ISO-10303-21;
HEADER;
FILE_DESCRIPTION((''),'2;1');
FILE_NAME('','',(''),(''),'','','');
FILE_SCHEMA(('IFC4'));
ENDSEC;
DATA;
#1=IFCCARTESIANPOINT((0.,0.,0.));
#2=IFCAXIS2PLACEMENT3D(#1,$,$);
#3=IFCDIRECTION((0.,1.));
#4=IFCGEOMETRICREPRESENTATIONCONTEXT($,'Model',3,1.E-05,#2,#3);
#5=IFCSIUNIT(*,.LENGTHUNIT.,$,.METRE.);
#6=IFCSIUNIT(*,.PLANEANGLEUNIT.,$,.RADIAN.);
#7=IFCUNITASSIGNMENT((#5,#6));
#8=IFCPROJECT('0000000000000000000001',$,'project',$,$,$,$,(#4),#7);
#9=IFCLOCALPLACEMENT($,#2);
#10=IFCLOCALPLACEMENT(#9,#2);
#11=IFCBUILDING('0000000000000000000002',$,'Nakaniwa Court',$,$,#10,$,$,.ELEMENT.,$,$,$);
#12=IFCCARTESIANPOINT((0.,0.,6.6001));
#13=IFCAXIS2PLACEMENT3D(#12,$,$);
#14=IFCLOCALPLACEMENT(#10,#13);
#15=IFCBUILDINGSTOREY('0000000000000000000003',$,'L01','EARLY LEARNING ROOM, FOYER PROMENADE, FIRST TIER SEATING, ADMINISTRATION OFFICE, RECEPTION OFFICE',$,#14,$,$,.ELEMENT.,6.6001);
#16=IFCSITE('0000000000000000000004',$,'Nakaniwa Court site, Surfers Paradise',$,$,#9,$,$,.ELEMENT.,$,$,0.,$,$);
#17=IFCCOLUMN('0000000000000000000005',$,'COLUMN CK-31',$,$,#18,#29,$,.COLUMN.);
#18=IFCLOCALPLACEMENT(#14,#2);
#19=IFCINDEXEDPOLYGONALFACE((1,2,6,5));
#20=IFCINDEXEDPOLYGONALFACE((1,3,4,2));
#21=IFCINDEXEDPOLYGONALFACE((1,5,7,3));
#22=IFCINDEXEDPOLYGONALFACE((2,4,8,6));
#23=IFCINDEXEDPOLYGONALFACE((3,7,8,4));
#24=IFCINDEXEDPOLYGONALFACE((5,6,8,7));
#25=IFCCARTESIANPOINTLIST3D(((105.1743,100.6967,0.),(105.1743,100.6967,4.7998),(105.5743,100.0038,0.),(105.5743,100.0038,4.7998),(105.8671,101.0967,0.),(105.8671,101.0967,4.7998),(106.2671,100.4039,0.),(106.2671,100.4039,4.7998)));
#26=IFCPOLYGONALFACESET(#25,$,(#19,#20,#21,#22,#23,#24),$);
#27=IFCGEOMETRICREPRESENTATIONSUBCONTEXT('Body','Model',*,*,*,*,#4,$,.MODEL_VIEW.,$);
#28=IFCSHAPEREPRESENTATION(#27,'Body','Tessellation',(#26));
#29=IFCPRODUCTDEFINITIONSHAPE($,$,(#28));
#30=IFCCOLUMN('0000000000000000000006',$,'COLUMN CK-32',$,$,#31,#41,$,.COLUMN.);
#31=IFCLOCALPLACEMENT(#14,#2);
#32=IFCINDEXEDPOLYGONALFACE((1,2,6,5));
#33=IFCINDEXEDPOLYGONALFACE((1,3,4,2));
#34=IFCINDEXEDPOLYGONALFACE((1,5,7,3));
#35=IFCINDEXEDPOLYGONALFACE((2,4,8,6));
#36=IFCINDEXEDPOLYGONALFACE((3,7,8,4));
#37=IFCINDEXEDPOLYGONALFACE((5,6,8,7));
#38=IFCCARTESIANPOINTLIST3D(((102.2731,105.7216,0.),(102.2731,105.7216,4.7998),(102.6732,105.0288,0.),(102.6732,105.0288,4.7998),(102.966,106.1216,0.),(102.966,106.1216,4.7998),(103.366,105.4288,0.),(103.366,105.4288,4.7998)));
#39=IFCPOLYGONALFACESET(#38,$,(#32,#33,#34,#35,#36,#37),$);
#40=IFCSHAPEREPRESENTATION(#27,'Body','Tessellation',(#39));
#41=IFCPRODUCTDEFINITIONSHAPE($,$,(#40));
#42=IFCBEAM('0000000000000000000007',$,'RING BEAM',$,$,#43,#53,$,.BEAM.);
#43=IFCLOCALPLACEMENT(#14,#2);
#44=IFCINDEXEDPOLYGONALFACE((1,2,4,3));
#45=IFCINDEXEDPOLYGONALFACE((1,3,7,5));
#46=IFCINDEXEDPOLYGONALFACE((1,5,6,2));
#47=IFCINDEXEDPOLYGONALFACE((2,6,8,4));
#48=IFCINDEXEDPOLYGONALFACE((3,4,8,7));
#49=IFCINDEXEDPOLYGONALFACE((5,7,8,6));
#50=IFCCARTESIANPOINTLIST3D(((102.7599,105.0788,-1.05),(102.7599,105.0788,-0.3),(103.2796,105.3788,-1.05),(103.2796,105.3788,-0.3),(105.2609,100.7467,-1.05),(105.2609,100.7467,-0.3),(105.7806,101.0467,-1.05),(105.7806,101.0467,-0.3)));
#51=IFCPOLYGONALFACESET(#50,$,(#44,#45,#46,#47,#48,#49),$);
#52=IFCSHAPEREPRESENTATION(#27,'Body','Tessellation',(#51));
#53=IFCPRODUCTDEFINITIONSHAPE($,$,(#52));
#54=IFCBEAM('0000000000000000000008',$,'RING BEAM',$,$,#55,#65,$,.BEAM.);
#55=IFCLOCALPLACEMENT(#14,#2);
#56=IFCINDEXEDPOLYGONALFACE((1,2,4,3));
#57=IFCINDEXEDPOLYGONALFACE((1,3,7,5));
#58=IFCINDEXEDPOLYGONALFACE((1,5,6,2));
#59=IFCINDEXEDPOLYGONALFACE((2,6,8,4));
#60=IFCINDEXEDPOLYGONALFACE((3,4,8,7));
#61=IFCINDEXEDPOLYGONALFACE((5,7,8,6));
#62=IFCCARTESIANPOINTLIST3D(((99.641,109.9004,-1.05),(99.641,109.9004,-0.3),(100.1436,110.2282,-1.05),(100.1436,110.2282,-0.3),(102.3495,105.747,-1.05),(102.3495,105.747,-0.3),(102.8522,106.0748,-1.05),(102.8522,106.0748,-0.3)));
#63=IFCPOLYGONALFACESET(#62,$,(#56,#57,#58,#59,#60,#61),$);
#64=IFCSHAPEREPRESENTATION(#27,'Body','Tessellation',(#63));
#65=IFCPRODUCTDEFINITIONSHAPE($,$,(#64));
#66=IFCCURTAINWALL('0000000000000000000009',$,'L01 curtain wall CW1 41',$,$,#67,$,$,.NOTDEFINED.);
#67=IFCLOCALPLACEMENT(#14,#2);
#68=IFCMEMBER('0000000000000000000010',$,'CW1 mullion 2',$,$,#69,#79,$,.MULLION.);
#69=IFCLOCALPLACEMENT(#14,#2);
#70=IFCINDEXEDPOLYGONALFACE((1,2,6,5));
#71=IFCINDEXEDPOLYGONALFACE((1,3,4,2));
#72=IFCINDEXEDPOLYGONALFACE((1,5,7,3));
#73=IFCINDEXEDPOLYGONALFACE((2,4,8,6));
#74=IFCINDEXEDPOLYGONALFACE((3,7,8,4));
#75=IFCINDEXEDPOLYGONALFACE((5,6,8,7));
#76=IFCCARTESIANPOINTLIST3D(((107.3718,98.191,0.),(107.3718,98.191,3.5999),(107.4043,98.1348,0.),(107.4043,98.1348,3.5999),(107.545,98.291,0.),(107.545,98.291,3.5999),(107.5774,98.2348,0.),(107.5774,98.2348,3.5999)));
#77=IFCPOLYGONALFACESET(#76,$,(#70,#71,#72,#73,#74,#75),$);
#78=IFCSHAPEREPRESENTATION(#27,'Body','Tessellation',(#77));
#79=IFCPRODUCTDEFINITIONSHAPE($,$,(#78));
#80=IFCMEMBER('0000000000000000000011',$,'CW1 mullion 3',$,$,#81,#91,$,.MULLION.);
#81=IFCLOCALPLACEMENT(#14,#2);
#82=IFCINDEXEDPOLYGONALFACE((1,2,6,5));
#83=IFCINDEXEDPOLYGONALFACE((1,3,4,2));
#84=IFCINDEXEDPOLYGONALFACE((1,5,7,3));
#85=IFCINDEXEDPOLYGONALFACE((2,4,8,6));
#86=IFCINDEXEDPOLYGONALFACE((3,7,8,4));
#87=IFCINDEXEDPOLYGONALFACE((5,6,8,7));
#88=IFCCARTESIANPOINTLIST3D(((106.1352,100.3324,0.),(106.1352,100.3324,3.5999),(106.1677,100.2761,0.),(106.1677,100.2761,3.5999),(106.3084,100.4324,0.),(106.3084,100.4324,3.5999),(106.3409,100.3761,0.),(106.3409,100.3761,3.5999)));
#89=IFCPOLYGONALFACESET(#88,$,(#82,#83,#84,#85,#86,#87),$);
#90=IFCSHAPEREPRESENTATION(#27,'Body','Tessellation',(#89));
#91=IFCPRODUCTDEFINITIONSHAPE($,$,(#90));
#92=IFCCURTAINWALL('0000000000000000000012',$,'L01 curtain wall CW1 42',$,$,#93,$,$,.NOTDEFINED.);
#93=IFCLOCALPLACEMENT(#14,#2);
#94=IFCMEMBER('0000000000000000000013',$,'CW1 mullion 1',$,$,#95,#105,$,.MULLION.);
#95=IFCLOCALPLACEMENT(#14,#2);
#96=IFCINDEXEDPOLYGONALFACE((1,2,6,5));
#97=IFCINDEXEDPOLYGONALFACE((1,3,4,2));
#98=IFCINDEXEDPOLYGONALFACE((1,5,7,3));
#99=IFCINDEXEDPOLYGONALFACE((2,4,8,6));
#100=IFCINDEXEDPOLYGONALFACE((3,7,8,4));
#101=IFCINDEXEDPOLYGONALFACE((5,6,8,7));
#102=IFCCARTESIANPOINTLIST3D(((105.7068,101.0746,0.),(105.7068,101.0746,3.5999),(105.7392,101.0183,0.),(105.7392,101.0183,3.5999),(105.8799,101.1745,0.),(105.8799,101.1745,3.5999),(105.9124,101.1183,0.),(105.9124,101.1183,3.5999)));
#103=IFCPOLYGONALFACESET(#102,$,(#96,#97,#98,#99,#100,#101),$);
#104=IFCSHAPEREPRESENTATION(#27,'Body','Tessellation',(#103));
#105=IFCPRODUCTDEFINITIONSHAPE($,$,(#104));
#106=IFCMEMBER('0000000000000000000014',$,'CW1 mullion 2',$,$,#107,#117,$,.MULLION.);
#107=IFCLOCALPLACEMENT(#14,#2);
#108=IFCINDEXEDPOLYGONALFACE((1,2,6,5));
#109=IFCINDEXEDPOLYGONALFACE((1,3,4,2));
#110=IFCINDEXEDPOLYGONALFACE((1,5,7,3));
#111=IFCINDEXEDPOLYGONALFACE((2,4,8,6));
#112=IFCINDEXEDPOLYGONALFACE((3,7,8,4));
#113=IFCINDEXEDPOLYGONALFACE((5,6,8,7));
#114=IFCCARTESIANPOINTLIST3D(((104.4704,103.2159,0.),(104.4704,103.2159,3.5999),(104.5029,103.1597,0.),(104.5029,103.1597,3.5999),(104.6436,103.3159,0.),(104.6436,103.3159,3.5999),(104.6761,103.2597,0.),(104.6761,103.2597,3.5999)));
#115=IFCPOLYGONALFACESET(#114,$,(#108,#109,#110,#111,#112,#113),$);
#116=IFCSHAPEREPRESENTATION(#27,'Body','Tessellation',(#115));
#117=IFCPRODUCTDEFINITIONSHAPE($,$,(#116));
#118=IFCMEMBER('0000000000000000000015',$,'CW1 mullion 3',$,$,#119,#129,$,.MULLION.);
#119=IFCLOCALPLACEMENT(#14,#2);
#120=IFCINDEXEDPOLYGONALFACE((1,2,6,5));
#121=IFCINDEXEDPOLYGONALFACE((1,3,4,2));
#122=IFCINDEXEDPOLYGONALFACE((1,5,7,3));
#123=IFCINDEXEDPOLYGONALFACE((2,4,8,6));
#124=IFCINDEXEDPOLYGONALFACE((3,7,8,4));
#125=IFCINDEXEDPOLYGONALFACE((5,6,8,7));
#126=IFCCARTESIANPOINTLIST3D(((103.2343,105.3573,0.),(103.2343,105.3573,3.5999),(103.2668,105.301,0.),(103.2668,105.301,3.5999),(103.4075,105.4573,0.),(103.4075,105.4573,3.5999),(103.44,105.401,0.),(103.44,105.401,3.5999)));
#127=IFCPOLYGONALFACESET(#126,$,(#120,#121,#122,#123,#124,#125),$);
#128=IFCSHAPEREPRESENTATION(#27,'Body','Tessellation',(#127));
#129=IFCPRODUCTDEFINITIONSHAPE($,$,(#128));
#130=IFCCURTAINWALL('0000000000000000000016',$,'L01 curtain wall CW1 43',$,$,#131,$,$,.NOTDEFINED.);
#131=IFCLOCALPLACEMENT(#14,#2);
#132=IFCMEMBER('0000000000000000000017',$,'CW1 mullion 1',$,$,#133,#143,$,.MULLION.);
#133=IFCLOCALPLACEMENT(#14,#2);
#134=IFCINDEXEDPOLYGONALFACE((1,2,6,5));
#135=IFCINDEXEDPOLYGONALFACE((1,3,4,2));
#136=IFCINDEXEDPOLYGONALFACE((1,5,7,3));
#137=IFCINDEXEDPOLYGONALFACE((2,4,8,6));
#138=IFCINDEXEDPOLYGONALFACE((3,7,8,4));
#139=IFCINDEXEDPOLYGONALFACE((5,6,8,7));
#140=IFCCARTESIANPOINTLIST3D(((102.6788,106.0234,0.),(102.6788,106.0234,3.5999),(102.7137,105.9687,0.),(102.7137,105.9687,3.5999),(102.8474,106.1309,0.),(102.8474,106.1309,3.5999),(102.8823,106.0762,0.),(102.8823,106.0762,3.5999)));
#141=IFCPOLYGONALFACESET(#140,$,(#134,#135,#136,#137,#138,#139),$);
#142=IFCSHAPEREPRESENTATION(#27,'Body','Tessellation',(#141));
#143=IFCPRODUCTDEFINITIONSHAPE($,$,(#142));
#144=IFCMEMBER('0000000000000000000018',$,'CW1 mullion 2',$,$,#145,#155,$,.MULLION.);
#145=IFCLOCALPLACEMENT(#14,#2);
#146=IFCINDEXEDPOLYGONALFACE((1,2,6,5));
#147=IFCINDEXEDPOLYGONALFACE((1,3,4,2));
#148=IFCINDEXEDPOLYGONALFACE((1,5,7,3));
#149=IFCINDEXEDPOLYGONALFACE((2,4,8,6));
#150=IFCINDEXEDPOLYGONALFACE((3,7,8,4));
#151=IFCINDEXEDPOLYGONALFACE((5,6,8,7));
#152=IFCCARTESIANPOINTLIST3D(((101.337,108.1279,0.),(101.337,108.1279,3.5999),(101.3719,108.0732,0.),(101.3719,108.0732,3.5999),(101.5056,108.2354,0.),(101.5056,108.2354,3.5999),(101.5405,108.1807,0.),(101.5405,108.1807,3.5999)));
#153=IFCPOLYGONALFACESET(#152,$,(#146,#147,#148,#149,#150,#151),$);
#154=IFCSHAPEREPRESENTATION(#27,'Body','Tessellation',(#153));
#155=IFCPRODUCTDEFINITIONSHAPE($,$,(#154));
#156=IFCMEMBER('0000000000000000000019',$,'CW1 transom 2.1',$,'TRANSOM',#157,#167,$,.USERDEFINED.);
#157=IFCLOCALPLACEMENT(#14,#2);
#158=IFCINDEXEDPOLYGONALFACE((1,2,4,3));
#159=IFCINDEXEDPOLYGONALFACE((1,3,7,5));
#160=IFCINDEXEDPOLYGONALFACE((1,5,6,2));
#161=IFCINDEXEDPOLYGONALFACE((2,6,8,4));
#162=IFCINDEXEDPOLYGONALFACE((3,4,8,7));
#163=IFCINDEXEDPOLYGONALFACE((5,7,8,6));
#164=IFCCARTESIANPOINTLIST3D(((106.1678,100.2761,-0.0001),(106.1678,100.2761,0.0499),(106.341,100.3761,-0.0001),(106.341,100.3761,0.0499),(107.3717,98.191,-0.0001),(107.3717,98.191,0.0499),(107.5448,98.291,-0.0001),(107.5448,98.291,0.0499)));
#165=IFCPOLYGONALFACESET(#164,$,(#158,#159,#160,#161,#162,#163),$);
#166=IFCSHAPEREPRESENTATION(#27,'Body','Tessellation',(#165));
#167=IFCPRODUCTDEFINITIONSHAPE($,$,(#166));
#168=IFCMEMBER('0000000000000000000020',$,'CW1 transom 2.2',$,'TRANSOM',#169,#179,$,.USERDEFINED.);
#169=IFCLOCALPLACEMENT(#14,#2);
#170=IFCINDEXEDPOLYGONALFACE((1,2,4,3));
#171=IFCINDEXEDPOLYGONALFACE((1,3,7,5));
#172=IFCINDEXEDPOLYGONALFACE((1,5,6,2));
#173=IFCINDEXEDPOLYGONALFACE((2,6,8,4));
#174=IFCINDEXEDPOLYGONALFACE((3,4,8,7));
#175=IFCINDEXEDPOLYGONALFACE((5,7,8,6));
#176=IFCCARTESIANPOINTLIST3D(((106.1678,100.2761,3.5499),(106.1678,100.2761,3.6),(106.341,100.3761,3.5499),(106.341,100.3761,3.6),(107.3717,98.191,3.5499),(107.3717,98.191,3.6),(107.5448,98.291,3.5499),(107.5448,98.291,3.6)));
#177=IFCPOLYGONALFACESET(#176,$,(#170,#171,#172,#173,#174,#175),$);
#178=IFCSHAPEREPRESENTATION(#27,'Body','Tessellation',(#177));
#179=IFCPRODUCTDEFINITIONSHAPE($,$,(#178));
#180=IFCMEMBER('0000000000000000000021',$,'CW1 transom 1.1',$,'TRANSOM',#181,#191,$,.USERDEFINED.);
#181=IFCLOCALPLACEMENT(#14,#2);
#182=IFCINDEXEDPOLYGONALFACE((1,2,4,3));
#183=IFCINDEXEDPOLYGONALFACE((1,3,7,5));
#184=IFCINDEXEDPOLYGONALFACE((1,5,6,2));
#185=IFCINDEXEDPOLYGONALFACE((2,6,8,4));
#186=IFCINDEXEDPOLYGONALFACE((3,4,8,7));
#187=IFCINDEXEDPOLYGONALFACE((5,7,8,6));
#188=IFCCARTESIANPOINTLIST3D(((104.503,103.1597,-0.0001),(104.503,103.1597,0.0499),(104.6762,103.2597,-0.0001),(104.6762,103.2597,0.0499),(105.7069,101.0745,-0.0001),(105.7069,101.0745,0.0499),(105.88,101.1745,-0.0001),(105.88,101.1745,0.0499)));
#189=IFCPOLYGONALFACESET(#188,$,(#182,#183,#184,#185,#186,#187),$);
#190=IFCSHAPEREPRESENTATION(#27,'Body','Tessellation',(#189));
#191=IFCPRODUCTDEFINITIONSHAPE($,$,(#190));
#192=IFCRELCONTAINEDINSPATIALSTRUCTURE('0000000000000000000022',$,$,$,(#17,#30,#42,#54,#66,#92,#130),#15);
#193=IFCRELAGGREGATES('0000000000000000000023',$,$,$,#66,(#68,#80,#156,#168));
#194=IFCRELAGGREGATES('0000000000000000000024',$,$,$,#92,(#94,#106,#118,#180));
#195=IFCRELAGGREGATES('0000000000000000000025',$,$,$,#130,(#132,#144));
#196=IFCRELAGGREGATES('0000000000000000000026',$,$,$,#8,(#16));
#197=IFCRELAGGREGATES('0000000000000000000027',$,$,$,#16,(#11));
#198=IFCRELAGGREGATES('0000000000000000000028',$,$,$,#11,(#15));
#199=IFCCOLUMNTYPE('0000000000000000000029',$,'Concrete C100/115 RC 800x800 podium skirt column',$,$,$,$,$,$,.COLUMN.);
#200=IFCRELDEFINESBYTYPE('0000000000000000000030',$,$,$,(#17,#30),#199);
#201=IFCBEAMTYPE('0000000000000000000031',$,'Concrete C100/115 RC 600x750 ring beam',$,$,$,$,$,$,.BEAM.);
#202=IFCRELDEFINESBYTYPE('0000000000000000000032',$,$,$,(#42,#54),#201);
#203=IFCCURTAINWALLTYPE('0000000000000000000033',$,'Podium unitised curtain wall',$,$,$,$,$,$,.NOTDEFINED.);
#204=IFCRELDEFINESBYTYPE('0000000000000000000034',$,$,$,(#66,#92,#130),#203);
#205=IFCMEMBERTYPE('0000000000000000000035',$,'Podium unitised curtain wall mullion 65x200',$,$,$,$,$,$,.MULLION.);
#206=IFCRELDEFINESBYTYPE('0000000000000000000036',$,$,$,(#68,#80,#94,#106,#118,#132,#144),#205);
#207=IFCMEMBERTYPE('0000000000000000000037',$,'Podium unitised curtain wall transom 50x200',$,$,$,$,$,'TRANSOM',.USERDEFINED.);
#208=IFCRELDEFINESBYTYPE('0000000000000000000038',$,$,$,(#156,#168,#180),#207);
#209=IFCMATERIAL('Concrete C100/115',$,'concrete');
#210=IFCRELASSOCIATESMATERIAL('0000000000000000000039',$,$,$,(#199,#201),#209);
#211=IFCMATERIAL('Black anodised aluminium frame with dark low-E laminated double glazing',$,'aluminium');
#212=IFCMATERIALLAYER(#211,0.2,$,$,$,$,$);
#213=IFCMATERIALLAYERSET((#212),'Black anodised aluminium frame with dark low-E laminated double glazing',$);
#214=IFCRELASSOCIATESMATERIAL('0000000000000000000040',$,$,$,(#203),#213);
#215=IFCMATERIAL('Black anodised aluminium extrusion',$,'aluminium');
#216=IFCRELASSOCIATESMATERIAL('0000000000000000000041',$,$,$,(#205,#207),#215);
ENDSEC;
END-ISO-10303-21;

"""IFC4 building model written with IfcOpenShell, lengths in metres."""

from ifc_helpers import new_model, si_unit, direction, frame, origin, origin_2d, place, context, subcontext, project, spatial, rectangle, extrude, material, layer, layer_set, material_profile, profile_set, type_object, element, aggregate, save


model = new_model("IFC4")

# Units and contexts
model_context = context("Model", 3, precision=1e-05, world=origin(), true_north=direction((0.0, 1.0)))
body_context = subcontext(model_context, "Body", "Model", "MODEL_VIEW")
ifc_project = project(units=[si_unit("LENGTHUNIT", "METRE"), si_unit("PLANEANGLEUNIT", "RADIAN")], contexts=[model_context])

# Site, building, storey
site_placement = place(None, origin())
site = spatial("IfcSite", under=ifc_project, at=site_placement, Name="Nakaniwa Court site, Surfers Paradise", CompositionType="ELEMENT", RefElevation=0.0)
building_placement = place(site_placement, origin())
building = spatial("IfcBuilding", under=site, at=building_placement, Name="Nakaniwa Court", CompositionType="ELEMENT")
storey_placement = place(building_placement, frame((0.0, 0.0, 6.6001)))
storey = spatial("IfcBuildingStorey", under=building, at=storey_placement, Name="L01", Description="EARLY LEARNING ROOM, FOYER PROMENADE, FIRST TIER SEATING, ADMINISTRATION OFFICE, RECEPTION OFFICE", CompositionType="ELEMENT", Elevation=6.6001)

# Columns
ifc_material_1 = material(Name="Concrete C100/115", Category="concrete")
ifc_material_profile_1 = material_profile(ifc_material_1, rectangle(XDim=0.8, YDim=0.8, at=origin_2d()), Name="Concrete C100/115 RC 800x800 podium skirt column")
ifc_profile_set_1 = profile_set([ifc_material_profile_1], Name="Concrete C100/115")
column_type = type_object("IfcColumnType", Name="Concrete C100/115 RC 800x800 podium skirt column", PredefinedType="COLUMN", material=ifc_profile_set_1)
for number, where, z_axis, x_axis, name in (
    (1, (105.7207, 100.5503, 0.0), (0.0, 0.0, 1.0), (-0.5, 0.866025, 0.0), "COLUMN CK-31"),
    (2, (102.8196, 105.5752, 0.0), (0.0, 0.0, 1.0), (-0.5, 0.866025, 0.0), "COLUMN CK-32"),
):
    element("IfcColumn", number, at=place(storey_placement, frame(where, z_axis=z_axis, x_axis=x_axis)), inside=storey, type_object=column_type, Name=name, PredefinedType="COLUMN", context=body_context, shape_type="SweptSolid", body=[
        extrude(rectangle(XDim=0.8, YDim=0.8, at=origin_2d()), origin(), (0.0, 0.0, 1.0), 4.7998),
    ])

# Beams
ifc_material_profile_2 = material_profile(ifc_material_1, rectangle(XDim=0.6001, YDim=0.75, at=origin_2d()), Name="Concrete C100/115 RC 600x750 ring beam")
ifc_profile_set_2 = profile_set([ifc_material_profile_2], Name="Concrete C100/115")
beam_type = type_object("IfcBeamType", Name="Concrete C100/115 RC 600x750 ring beam", PredefinedType="BEAM", material=ifc_profile_set_2)
beam_1_placement = place(storey_placement, frame((105.5208, 100.8967, -0.675), z_axis=(-0.499982, 0.866036, 0.0), x_axis=(-0.866036, -0.499982, 0.0)))
element("IfcBeam", 3, at=beam_1_placement, inside=storey, type_object=beam_type, Name="RING BEAM", PredefinedType="BEAM", context=body_context, shape_type="SweptSolid", body=[
    extrude(rectangle(XDim=0.6001, YDim=0.75, at=origin_2d()), origin(), (0.0, 0.0, 1.0), 5.0022),
])
beam_2_placement = place(storey_placement, frame((102.6008, 105.9109, -0.675), z_axis=(-0.546241, 0.837628, 0.0), x_axis=(-0.837628, -0.546241, 0.0)))
element("IfcBeam", 4, at=beam_2_placement, inside=storey, type_object=beam_type, Name="RING BEAM", PredefinedType="BEAM", context=body_context, shape_type="SweptSolid", body=[
    extrude(rectangle(XDim=0.6001, YDim=0.75, at=origin_2d()), origin(), (0.0, 0.0, 1.0), 4.9585),
])

# Curtain walls, members
ifc_material_2 = material(Name="Black anodised aluminium frame with dark low-E laminated double glazing", Category="aluminium")
ifc_layer_1 = layer(ifc_material_2, 0.2)
ifc_layer_set_1 = layer_set([ifc_layer_1], Name="Black anodised aluminium frame with dark low-E laminated double glazing")
curtain_wall_type = type_object("IfcCurtainWallType", Name="Podium unitised curtain wall", PredefinedType="NOTDEFINED", material=ifc_layer_set_1)
curtain_wall_1_placement = place(storey_placement, origin())
curtain_wall_1 = element("IfcCurtainWall", 5, at=curtain_wall_1_placement, inside=storey, type_object=curtain_wall_type, Name="L01 curtain wall CW1 41", PredefinedType="NOTDEFINED")
ifc_material_3 = material(Name="Black anodised aluminium extrusion", Category="aluminium")
ifc_material_profile_3 = material_profile(ifc_material_3, rectangle(XDim=0.2, YDim=0.0649, at=origin_2d()), Name="Podium unitised curtain wall mullion 65x200")
ifc_profile_set_3 = profile_set([ifc_material_profile_3], Name="Black anodised aluminium extrusion")
member_type_1 = type_object("IfcMemberType", Name="Podium unitised curtain wall mullion 65x200", PredefinedType="MULLION", material=ifc_profile_set_3)
member_1_placement = place(storey_placement, frame((107.4746, 98.2129, 0.0), z_axis=(0.0, 0.0, 1.0), x_axis=(-0.866029, -0.499994, 0.0)))
member_1 = element("IfcMember", 6, at=member_1_placement, type_object=member_type_1, Name="CW1 mullion 2", PredefinedType="MULLION", context=body_context, shape_type="SweptSolid", body=[
    extrude(rectangle(XDim=0.2, YDim=0.0649, at=origin_2d()), origin(), (0.0, 0.0, 1.0), 3.5999),
])
member_2_placement = place(storey_placement, frame((106.238, 100.3542, 0.0), z_axis=(0.0, 0.0, 1.0), x_axis=(-0.866029, -0.499994, 0.0)))
member_2 = element("IfcMember", 7, at=member_2_placement, type_object=member_type_1, Name="CW1 mullion 3", PredefinedType="MULLION", context=body_context, shape_type="SweptSolid", body=[
    extrude(rectangle(XDim=0.2, YDim=0.0649, at=origin_2d()), origin(), (0.0, 0.0, 1.0), 3.5999),
])
curtain_wall_2_placement = place(storey_placement, origin())
curtain_wall_2 = element("IfcCurtainWall", 8, at=curtain_wall_2_placement, inside=storey, type_object=curtain_wall_type, Name="L01 curtain wall CW1 42", PredefinedType="NOTDEFINED")
member_3_placement = place(storey_placement, frame((105.8096, 101.0964, 0.0), z_axis=(0.0, 0.0, 1.0), x_axis=(-0.866032, -0.499988, 0.0)))
member_3 = element("IfcMember", 9, at=member_3_placement, type_object=member_type_1, Name="CW1 mullion 1", PredefinedType="MULLION", context=body_context, shape_type="SweptSolid", body=[
    extrude(rectangle(XDim=0.2, YDim=0.0649, at=origin_2d()), origin(), (0.0, 0.0, 1.0), 3.5999),
])
member_4_placement = place(storey_placement, frame((104.5732, 103.2378, 0.0), z_axis=(0.0, 0.0, 1.0), x_axis=(-0.866032, -0.499988, 0.0)))
member_4 = element("IfcMember", 10, at=member_4_placement, type_object=member_type_1, Name="CW1 mullion 2", PredefinedType="MULLION", context=body_context, shape_type="SweptSolid", body=[
    extrude(rectangle(XDim=0.2, YDim=0.0649, at=origin_2d()), origin(), (0.0, 0.0, 1.0), 3.5999),
])
member_5_placement = place(storey_placement, frame((103.3372, 105.3792, 0.0), z_axis=(0.0, 0.0, 1.0), x_axis=(-0.866032, -0.499988, 0.0)))
member_5 = element("IfcMember", 11, at=member_5_placement, type_object=member_type_1, Name="CW1 mullion 3", PredefinedType="MULLION", context=body_context, shape_type="SweptSolid", body=[
    extrude(rectangle(XDim=0.2, YDim=0.0649, at=origin_2d()), origin(), (0.0, 0.0, 1.0), 3.5999),
])
curtain_wall_3_placement = place(storey_placement, origin())
curtain_wall_3 = element("IfcCurtainWall", 12, at=curtain_wall_3_placement, inside=storey, type_object=curtain_wall_type, Name="L01 curtain wall CW1 43", PredefinedType="NOTDEFINED")
member_6_placement = place(storey_placement, frame((102.7805, 106.0498, 0.0), z_axis=(0.0, 0.0, 1.0), x_axis=(-0.843172, -0.537644, 0.0)))
member_6 = element("IfcMember", 13, at=member_6_placement, type_object=member_type_1, Name="CW1 mullion 1", PredefinedType="MULLION", context=body_context, shape_type="SweptSolid", body=[
    extrude(rectangle(XDim=0.2, YDim=0.0649, at=origin_2d()), origin(), (0.0, 0.0, 1.0), 3.5999),
])
member_7_placement = place(storey_placement, frame((101.4387, 108.1543, 0.0), z_axis=(0.0, 0.0, 1.0), x_axis=(-0.843172, -0.537644, 0.0)))
member_7 = element("IfcMember", 14, at=member_7_placement, type_object=member_type_1, Name="CW1 mullion 2", PredefinedType="MULLION", context=body_context, shape_type="SweptSolid", body=[
    extrude(rectangle(XDim=0.2, YDim=0.0649, at=origin_2d()), origin(), (0.0, 0.0, 1.0), 3.5999),
])

# Members
ifc_material_profile_4 = material_profile(ifc_material_3, rectangle(XDim=0.2, YDim=0.05, at=origin_2d()), Name="Podium unitised curtain wall transom 50x200")
ifc_profile_set_4 = profile_set([ifc_material_profile_4], Name="Black anodised aluminium extrusion")
member_type_2 = type_object("IfcMemberType", Name="Podium unitised curtain wall transom 50x200", ElementType="TRANSOM", PredefinedType="USERDEFINED", material=ifc_profile_set_4)
member_8_placement = place(storey_placement, frame((107.4583, 98.241, 0.0249), z_axis=(-0.499989, 0.866032, 0.0), x_axis=(-0.866032, -0.499989, 0.0)))
member_8 = element("IfcMember", 15, at=member_8_placement, type_object=member_type_2, Name="CW1 transom 2.1", ObjectType="TRANSOM", PredefinedType="USERDEFINED", context=body_context, shape_type="SweptSolid", body=[
    extrude(rectangle(XDim=0.2, YDim=0.05, at=origin_2d()), origin(), (0.0, 0.0, 1.0), 2.4077),
])
member_9_placement = place(storey_placement, frame((107.4583, 98.241, 3.575), z_axis=(-0.499989, 0.866032, 0.0), x_axis=(-0.866032, -0.499989, 0.0)))
member_9 = element("IfcMember", 16, at=member_9_placement, type_object=member_type_2, Name="CW1 transom 2.2", ObjectType="TRANSOM", PredefinedType="USERDEFINED", context=body_context, shape_type="SweptSolid", body=[
    extrude(rectangle(XDim=0.2, YDim=0.05, at=origin_2d()), origin(), (0.0, 0.0, 1.0), 2.4077),
])
member_10_placement = place(storey_placement, frame((105.7935, 101.1245, 0.0249), z_axis=(-0.499989, 0.866032, 0.0), x_axis=(-0.866032, -0.499989, 0.0)))
member_10 = element("IfcMember", 17, at=member_10_placement, type_object=member_type_2, Name="CW1 transom 1.1", ObjectType="TRANSOM", PredefinedType="USERDEFINED", context=body_context, shape_type="SweptSolid", body=[
    extrude(rectangle(XDim=0.2, YDim=0.05, at=origin_2d()), origin(), (0.0, 0.0, 1.0), 2.4077),
])

aggregate(curtain_wall_1, [member_1, member_2, member_8, member_9])
aggregate(curtain_wall_2, [member_3, member_4, member_5, member_10])
aggregate(curtain_wall_3, [member_6, member_7])

save(model, "model.ifc")
